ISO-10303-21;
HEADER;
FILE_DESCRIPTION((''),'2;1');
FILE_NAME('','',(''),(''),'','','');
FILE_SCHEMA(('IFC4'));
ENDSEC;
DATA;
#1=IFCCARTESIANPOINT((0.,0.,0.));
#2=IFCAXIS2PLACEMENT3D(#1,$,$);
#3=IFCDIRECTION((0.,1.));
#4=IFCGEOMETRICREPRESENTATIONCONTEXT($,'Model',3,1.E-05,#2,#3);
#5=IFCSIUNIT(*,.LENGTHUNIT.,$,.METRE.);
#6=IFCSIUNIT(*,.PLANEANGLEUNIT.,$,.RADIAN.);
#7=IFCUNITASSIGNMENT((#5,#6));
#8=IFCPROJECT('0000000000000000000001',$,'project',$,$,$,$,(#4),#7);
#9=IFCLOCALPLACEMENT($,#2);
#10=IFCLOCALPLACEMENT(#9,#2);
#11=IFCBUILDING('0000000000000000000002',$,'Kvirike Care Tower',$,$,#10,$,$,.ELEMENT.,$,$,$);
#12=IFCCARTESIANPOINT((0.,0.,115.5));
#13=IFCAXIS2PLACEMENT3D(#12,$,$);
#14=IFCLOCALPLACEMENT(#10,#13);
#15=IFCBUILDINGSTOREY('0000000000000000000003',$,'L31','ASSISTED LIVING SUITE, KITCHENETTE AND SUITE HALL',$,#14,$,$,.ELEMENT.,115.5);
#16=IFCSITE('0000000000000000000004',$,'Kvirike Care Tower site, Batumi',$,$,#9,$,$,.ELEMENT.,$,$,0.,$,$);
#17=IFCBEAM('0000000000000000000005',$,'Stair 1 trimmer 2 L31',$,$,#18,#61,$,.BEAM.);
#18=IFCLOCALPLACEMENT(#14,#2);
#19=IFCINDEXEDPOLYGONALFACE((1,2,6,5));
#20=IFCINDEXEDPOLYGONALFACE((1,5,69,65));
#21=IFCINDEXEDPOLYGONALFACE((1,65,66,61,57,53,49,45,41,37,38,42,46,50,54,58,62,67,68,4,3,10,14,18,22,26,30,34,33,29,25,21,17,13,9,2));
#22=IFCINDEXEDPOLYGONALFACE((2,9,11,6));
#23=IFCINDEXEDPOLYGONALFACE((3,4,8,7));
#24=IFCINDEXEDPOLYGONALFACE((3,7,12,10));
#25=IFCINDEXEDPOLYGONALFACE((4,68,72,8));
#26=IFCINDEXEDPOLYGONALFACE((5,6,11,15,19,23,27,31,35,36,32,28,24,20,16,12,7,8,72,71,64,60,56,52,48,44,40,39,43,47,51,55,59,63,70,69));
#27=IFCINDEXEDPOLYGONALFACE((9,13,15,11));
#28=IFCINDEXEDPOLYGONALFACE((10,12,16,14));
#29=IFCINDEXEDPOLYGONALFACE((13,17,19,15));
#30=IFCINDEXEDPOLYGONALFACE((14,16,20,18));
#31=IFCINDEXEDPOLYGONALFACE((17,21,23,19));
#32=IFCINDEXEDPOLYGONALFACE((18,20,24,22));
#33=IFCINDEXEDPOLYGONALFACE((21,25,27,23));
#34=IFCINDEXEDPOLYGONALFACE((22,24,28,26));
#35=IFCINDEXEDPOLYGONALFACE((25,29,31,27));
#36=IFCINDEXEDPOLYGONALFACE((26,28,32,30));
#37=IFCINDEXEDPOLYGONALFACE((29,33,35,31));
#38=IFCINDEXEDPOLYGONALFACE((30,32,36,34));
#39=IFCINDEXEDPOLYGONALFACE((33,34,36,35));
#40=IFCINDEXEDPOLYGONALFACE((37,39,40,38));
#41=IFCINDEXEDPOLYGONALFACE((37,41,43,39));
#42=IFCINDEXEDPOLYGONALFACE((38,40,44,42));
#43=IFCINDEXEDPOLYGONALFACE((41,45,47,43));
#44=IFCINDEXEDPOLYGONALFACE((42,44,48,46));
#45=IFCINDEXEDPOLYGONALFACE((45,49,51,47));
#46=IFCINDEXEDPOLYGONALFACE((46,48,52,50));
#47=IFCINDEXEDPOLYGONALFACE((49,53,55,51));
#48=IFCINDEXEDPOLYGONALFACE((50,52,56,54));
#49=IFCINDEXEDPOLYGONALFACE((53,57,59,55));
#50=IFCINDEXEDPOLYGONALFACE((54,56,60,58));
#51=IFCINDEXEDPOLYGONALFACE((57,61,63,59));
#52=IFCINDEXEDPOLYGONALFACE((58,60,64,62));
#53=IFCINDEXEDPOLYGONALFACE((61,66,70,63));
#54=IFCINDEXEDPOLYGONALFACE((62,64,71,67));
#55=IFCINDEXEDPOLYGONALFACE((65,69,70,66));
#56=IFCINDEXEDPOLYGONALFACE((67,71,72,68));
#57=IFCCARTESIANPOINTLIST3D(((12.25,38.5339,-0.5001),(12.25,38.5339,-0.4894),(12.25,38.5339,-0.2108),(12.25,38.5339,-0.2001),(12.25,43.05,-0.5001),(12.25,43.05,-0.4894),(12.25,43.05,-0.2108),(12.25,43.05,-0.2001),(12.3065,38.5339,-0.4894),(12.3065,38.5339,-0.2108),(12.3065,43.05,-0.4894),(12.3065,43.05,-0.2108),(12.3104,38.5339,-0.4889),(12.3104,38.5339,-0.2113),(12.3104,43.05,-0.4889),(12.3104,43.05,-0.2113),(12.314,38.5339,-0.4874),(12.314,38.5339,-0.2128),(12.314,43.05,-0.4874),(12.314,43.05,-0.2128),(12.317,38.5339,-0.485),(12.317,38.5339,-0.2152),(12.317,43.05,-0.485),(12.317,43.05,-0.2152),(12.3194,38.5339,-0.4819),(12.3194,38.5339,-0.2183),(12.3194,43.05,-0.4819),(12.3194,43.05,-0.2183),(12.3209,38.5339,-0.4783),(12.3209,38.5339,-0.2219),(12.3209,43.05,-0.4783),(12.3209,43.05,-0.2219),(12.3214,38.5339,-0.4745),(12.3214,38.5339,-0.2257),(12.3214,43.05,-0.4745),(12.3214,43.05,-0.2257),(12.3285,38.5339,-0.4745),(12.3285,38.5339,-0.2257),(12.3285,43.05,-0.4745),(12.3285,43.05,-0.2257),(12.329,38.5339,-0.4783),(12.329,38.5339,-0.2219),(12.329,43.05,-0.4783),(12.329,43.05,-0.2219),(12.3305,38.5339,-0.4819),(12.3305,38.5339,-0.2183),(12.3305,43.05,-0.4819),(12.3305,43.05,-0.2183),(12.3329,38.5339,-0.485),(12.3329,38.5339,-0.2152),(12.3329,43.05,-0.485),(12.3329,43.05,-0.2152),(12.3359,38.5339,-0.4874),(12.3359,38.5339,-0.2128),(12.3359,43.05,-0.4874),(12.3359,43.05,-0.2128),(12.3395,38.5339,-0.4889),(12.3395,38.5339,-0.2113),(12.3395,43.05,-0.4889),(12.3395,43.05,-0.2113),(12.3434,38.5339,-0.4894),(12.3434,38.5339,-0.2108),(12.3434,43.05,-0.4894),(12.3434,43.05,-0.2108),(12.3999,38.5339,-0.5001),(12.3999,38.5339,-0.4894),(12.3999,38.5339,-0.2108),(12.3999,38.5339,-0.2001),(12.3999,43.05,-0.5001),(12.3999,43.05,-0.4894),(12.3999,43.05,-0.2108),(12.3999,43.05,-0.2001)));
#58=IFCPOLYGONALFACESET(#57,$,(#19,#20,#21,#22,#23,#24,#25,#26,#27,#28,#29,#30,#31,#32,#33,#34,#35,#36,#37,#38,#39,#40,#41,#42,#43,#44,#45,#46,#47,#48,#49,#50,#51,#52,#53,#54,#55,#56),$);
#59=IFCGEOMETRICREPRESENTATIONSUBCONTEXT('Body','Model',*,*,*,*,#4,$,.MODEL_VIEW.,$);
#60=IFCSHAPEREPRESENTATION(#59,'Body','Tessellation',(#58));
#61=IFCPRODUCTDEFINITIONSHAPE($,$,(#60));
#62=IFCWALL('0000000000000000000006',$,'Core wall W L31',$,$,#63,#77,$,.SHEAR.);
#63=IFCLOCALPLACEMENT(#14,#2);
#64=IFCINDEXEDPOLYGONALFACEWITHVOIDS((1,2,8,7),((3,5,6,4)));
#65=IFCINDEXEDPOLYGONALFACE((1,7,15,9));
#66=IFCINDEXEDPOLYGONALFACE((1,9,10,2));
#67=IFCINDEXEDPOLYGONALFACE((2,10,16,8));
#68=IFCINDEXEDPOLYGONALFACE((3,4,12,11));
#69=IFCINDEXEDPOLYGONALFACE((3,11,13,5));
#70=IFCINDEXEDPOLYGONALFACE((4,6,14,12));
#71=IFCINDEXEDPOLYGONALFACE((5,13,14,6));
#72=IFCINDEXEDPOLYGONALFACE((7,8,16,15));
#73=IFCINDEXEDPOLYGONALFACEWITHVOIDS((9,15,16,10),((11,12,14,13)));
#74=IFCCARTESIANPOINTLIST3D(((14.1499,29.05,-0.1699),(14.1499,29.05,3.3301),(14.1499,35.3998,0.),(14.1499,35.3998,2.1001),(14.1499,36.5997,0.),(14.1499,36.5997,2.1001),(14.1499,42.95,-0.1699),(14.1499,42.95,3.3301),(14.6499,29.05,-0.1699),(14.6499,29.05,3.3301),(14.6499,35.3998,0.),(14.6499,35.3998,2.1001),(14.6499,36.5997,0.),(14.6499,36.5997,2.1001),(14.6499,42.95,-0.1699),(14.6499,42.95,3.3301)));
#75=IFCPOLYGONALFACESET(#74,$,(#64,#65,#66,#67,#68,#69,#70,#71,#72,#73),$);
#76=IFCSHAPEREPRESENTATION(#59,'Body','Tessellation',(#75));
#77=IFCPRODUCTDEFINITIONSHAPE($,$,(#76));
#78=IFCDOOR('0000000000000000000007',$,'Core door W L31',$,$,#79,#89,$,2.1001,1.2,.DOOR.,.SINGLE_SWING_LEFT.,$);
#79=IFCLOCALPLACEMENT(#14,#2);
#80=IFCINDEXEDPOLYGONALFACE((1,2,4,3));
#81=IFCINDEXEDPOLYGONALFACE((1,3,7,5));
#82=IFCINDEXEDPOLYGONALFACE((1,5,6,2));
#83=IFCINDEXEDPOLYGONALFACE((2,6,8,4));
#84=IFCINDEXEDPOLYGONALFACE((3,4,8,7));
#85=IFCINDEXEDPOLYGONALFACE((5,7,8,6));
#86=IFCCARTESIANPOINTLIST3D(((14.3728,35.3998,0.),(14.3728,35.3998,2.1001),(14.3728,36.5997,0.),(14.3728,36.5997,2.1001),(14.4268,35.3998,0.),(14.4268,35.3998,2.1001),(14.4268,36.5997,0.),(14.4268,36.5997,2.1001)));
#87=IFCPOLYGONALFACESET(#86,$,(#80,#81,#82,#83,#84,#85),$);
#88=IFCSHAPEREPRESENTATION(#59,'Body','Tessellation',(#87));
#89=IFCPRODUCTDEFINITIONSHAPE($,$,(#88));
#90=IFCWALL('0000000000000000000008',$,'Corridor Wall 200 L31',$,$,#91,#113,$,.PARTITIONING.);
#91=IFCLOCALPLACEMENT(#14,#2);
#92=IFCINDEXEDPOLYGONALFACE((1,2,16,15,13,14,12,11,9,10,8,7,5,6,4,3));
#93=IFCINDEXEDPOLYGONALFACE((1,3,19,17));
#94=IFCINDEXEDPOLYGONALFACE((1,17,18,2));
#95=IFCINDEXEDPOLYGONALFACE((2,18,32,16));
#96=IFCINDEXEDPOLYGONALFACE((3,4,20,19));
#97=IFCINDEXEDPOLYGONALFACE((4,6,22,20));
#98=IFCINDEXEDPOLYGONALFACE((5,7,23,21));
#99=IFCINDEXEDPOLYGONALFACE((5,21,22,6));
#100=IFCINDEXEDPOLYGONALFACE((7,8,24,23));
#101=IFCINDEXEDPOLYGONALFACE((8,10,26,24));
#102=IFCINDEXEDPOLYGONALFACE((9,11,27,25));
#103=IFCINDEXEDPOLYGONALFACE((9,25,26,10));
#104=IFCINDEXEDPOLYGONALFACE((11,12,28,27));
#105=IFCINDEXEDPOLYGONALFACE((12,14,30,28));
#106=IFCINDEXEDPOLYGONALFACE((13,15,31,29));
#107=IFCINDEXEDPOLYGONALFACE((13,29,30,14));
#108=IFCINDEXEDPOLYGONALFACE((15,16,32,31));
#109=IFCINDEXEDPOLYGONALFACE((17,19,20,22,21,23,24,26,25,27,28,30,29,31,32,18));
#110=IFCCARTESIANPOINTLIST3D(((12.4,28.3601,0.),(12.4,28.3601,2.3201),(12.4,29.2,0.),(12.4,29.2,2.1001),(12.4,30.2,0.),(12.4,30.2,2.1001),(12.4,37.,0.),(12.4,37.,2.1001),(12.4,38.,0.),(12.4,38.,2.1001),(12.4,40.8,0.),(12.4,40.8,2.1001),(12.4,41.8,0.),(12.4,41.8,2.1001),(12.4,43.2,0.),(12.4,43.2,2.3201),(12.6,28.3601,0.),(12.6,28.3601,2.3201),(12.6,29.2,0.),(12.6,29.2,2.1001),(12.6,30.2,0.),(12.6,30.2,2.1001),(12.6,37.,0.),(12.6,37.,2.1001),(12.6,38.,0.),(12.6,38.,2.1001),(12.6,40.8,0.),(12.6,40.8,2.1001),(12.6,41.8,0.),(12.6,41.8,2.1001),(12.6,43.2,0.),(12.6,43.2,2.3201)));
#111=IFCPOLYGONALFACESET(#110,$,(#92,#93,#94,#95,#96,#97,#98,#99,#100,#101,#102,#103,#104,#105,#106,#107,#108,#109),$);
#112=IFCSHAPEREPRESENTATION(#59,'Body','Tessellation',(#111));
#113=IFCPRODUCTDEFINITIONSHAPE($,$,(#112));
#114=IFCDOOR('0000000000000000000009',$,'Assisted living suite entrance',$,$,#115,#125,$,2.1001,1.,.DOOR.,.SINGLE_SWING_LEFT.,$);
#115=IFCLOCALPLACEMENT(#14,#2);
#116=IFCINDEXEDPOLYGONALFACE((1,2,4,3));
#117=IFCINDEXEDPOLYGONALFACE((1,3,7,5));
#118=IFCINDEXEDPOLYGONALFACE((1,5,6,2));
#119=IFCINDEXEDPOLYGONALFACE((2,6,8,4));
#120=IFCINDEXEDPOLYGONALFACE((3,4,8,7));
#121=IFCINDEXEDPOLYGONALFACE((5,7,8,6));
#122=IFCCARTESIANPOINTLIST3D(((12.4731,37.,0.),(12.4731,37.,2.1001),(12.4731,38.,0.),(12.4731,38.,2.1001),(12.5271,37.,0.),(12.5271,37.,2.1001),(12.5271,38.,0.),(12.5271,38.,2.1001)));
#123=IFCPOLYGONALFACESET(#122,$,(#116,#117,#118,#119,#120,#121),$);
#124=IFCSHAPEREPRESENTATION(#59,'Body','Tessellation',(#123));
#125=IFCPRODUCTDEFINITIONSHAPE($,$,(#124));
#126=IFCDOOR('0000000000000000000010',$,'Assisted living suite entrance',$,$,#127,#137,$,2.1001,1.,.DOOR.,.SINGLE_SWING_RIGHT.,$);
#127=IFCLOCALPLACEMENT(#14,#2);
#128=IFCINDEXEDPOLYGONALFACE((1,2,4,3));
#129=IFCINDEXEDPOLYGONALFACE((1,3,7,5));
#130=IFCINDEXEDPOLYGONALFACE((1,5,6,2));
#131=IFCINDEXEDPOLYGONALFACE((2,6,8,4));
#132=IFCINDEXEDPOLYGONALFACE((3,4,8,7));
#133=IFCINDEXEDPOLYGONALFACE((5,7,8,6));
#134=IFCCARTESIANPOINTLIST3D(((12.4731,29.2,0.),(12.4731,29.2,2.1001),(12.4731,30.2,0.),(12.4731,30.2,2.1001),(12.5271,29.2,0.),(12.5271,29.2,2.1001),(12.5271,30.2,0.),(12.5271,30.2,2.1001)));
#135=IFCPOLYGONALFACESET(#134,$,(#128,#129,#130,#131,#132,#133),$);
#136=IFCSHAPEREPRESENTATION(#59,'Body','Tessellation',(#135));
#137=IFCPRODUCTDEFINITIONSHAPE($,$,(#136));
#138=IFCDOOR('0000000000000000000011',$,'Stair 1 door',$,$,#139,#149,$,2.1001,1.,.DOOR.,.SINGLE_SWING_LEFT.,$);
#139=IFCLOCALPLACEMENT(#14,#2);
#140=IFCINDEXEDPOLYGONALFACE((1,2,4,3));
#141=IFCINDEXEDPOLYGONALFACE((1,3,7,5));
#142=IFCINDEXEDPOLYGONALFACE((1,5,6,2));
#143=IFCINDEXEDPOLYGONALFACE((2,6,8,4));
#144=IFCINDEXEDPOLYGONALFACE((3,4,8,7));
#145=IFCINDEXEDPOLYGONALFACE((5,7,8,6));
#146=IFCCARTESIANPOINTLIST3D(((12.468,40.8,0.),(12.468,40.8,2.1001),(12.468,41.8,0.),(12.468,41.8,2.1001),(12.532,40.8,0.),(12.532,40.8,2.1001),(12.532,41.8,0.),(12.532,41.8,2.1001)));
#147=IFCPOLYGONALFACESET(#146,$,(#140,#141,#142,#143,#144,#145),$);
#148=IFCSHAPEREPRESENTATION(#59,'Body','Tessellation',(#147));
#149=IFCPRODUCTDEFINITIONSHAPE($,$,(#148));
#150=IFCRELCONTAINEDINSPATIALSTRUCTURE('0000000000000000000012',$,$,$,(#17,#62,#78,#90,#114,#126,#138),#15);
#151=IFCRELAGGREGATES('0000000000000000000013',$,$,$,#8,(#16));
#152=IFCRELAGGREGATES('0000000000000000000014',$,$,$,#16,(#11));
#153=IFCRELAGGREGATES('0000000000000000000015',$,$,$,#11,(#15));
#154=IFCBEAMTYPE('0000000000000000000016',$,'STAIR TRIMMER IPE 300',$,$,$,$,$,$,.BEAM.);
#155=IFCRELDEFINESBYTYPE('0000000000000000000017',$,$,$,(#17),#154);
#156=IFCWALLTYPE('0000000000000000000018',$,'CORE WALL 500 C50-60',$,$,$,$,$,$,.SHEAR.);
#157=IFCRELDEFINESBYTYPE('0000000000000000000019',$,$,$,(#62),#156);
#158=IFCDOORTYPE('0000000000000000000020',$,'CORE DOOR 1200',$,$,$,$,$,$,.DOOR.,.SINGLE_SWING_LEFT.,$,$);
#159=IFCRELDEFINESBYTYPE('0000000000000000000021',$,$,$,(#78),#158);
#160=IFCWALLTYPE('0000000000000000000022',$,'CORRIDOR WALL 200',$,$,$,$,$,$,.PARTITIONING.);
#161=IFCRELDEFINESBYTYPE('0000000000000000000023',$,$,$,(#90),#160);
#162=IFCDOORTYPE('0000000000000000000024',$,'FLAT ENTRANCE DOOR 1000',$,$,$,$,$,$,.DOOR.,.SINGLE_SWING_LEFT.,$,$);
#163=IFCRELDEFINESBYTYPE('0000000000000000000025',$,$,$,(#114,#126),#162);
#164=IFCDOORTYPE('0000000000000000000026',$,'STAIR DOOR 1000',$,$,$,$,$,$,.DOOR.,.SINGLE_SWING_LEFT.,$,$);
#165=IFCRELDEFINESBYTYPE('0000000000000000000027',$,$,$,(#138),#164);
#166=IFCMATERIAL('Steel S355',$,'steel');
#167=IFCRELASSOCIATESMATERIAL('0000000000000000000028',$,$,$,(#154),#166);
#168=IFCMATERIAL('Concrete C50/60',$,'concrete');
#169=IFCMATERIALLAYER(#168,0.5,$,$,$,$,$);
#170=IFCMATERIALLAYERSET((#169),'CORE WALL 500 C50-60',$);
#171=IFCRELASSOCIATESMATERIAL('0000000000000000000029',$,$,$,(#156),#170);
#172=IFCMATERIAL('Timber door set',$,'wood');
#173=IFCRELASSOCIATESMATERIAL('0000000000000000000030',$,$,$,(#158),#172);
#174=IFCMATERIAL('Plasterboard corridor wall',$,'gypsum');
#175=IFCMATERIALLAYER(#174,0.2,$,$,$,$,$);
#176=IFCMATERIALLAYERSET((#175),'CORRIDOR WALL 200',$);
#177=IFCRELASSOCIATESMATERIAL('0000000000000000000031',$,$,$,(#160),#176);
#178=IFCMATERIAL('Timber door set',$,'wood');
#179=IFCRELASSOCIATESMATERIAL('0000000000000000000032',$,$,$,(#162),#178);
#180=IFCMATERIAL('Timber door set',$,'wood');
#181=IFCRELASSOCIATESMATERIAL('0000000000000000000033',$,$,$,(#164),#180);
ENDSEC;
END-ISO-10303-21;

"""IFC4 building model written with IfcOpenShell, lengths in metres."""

from ifc_helpers import new_model, si_unit, direction, frame, frame_2d, origin, origin_2d, place, context, subcontext, project, spatial, rectangle, i_section, extrude, material, layer, layer_set, material_profile, profile_set, type_object, element, fill, save


model = new_model("IFC4")

# Units and contexts
model_context = context("Model", 3, precision=1e-05, world=origin(), true_north=direction((0.0, 1.0)))
body_context = subcontext(model_context, "Body", "Model", "MODEL_VIEW")
ifc_project = project(units=[si_unit("LENGTHUNIT", "METRE"), si_unit("PLANEANGLEUNIT", "RADIAN")], contexts=[model_context])

# Site, building, storey
site_placement = place(None, origin())
site = spatial("IfcSite", under=ifc_project, at=site_placement, Name="Kvirike Care Tower site, Batumi", CompositionType="ELEMENT", RefElevation=0.0)
building_placement = place(site_placement, origin())
building = spatial("IfcBuilding", under=site, at=building_placement, Name="Kvirike Care Tower", CompositionType="ELEMENT")
storey_placement = place(building_placement, frame((0.0, 0.0, 115.5)))
storey = spatial("IfcBuildingStorey", under=building, at=storey_placement, Name="L31", Description="ASSISTED LIVING SUITE, KITCHENETTE AND SUITE HALL", CompositionType="ELEMENT", Elevation=115.5)

# Beam
ifc_material_1 = material(Name="Steel S355", Category="steel")
ifc_material_profile_1 = material_profile(ifc_material_1, i_section(OverallWidth=0.1499, OverallDepth=0.3, WebThickness=0.0071, FlangeThickness=0.0107, FilletRadius=0.0149, at=origin_2d()), Name="IPE 300")
ifc_profile_set_1 = profile_set([ifc_material_profile_1], Name="Steel S355")
beam_type_1 = type_object("IfcBeamType", Name="STAIR TRIMMER IPE 300", PredefinedType="BEAM", material=ifc_profile_set_1)
for number, where, z_axis, x_axis, name in (
    (1, (12.325, 43.05, -0.3501), (0.0, -1.0, 0.0), (1.0, 0.0, 0.0), "Stair 1 trimmer 2 L31"),
):
    element("IfcBeam", number, at=place(storey_placement, frame(where, z_axis=z_axis, x_axis=x_axis)), inside=storey, type_object=beam_type_1, Name=name, PredefinedType="BEAM", context=body_context, shape_type="SweptSolid", body=[
        extrude(i_section(OverallWidth=0.1499, OverallDepth=0.3, WebThickness=0.0071, FlangeThickness=0.0107, FilletRadius=0.0149, at=origin_2d()), origin(), (0.0, 0.0, 1.0), 4.5161),
    ])

# Wall, opening, door
ifc_material_2 = material(Name="Concrete C50/60", Category="concrete")
ifc_layer_1 = layer(ifc_material_2, 0.5)
ifc_layer_set_1 = layer_set([ifc_layer_1], Name="CORE WALL 500 C50-60")
wall_type_1 = type_object("IfcWallType", Name="CORE WALL 500 C50-60", PredefinedType="SHEAR", material=ifc_layer_set_1)
wall_1_placement = place(storey_placement, frame((14.3999, 42.95, -0.1699), z_axis=(0.0, 0.0, 1.0), x_axis=(0.0, -1.0, 0.0)))
wall_1 = element("IfcWall", 2, at=wall_1_placement, inside=storey, type_object=wall_type_1, Name="Core wall W L31", PredefinedType="SHEAR", context=body_context, shape_type="SweptSolid", body=[
    extrude(rectangle(XDim=13.8999, YDim=0.5, at=frame_2d((6.95, 0.0))), origin(), (0.0, 0.0, 1.0), 3.5),
])
opening_1_placement = place(wall_1_placement, frame((6.3501, 0.0, 0.1699)))
opening_1 = element("IfcOpeningElement", 3, at=opening_1_placement, cuts=wall_1, PredefinedType="OPENING", context=body_context, shape_type="SweptSolid", body=[
    extrude(rectangle(XDim=1.2, YDim=2.1001, at=frame_2d((0.6001, 1.05))), frame((0.0, 0.2605, 0.0), z_axis=(0.0, -1.0, 0.0), x_axis=(1.0, 0.0, 0.0)), (0.0, 0.0, 1.0), 0.521),
])
ifc_material_3 = material(Name="Timber door set", Category="wood")
door_type_1 = type_object("IfcDoorType", Name="CORE DOOR 1200", OperationType="SINGLE_SWING_LEFT", PredefinedType="DOOR", material=ifc_material_3)
door_1_placement = place(opening_1_placement, origin())
door_1 = element("IfcDoor", 4, at=door_1_placement, inside=storey, type_object=door_type_1, Name="Core door W L31", OperationType="SINGLE_SWING_LEFT", OverallHeight=2.1001, OverallWidth=1.2, PredefinedType="DOOR", context=body_context, shape_type="SweptSolid", body=[
    extrude(rectangle(XDim=1.2, YDim=2.1001, at=frame_2d((0.6001, 1.05))), frame((0.0, 0.0269, 0.0), z_axis=(0.0, -1.0, 0.0), x_axis=(1.0, 0.0, 0.0)), (0.0, 0.0, 1.0), 0.054),
])
fill(opening_1, door_1)

# Wall, openings, doors
ifc_material_4 = material(Name="Plasterboard corridor wall", Category="gypsum")
ifc_layer_2 = layer(ifc_material_4, 0.2)
ifc_layer_set_2 = layer_set([ifc_layer_2], Name="CORRIDOR WALL 200")
wall_type_2 = type_object("IfcWallType", Name="CORRIDOR WALL 200", PredefinedType="PARTITIONING", material=ifc_layer_set_2)
wall_2_placement = place(storey_placement, frame((12.5, 43.2, 0.0), z_axis=(0.0, 0.0, 1.0), x_axis=(0.0, -1.0, 0.0)))
wall_2 = element("IfcWall", 5, at=wall_2_placement, inside=storey, type_object=wall_type_2, Name="Corridor Wall 200 L31", PredefinedType="PARTITIONING", context=body_context, shape_type="SweptSolid", body=[
    extrude(rectangle(XDim=14.8398, YDim=0.2, at=frame_2d((7.4199, 0.0))), origin(), (0.0, 0.0, 1.0), 2.3201),
])
opening_2_placement = place(wall_2_placement, frame((1.3999, 0.0, 0.0)))
opening_2 = element("IfcOpeningElement", 6, at=opening_2_placement, cuts=wall_2, PredefinedType="OPENING", context=body_context, shape_type="SweptSolid", body=[
    extrude(rectangle(XDim=1.0, YDim=2.1001, at=frame_2d((0.5, 1.05))), frame((0.0, 0.1106, 0.0), z_axis=(0.0, -1.0, 0.0), x_axis=(1.0, 0.0, 0.0)), (0.0, 0.0, 1.0), 0.2209),
])
opening_3_placement = place(wall_2_placement, frame((5.2, 0.0, 0.0)))
opening_3 = element("IfcOpeningElement", 7, at=opening_3_placement, cuts=wall_2, PredefinedType="OPENING", context=body_context, shape_type="SweptSolid", body=[
    extrude(rectangle(XDim=1.0, YDim=2.1001, at=frame_2d((0.5, 1.05))), frame((0.0, 0.1106, 0.0), z_axis=(0.0, -1.0, 0.0), x_axis=(1.0, 0.0, 0.0)), (0.0, 0.0, 1.0), 0.2209),
])
opening_4_placement = place(wall_2_placement, frame((13.0, 0.0, 0.0)))
opening_4 = element("IfcOpeningElement", 8, at=opening_4_placement, cuts=wall_2, PredefinedType="OPENING", context=body_context, shape_type="SweptSolid", body=[
    extrude(rectangle(XDim=1.0, YDim=2.1001, at=frame_2d((0.5, 1.05))), frame((0.0, 0.1106, 0.0), z_axis=(0.0, -1.0, 0.0), x_axis=(1.0, 0.0, 0.0)), (0.0, 0.0, 1.0), 0.2209),
])
ifc_material_5 = material(Name="Timber door set", Category="wood")
door_type_2 = type_object("IfcDoorType", Name="FLAT ENTRANCE DOOR 1000", OperationType="SINGLE_SWING_LEFT", PredefinedType="DOOR", material=ifc_material_5)
door_2_placement = place(opening_3_placement, frame((1.0, 0.0, 0.0), z_axis=(0.0, 0.0, 1.0), x_axis=(-1.0, 0.0, 0.0)))
door_2 = element("IfcDoor", 9, at=door_2_placement, inside=storey, type_object=door_type_2, Name="Assisted living suite entrance", OperationType="SINGLE_SWING_LEFT", OverallHeight=2.1001, OverallWidth=1.0, PredefinedType="DOOR", context=body_context, shape_type="SweptSolid", body=[
    extrude(rectangle(XDim=1.0, YDim=2.1001, at=frame_2d((0.5, 1.05))), frame((0.0, 0.0269, 0.0), z_axis=(0.0, -1.0, 0.0), x_axis=(1.0, 0.0, 0.0)), (0.0, 0.0, 1.0), 0.054),
])
fill(opening_3, door_2)
door_3_placement = place(opening_4_placement, frame((1.0, 0.0, 0.0), z_axis=(0.0, 0.0, 1.0), x_axis=(-1.0, 0.0, 0.0)))
door_3 = element("IfcDoor", 10, at=door_3_placement, inside=storey, type_object=door_type_2, Name="Assisted living suite entrance", OperationType="SINGLE_SWING_RIGHT", OverallHeight=2.1001, OverallWidth=1.0, PredefinedType="DOOR", context=body_context, shape_type="SweptSolid", body=[
    extrude(rectangle(XDim=1.0, YDim=2.1001, at=frame_2d((0.5, 1.05))), frame((0.0, 0.0269, 0.0), z_axis=(0.0, -1.0, 0.0), x_axis=(1.0, 0.0, 0.0)), (0.0, 0.0, 1.0), 0.054),
])
fill(opening_4, door_3)
ifc_material_6 = material(Name="Timber door set", Category="wood")
door_type_3 = type_object("IfcDoorType", Name="STAIR DOOR 1000", OperationType="SINGLE_SWING_LEFT", PredefinedType="DOOR", material=ifc_material_6)
door_4_placement = place(opening_2_placement, frame((1.0, 0.0, 0.0), z_axis=(0.0, 0.0, 1.0), x_axis=(-1.0, 0.0, 0.0)))
door_4 = element("IfcDoor", 11, at=door_4_placement, inside=storey, type_object=door_type_3, Name="Stair 1 door", OperationType="SINGLE_SWING_LEFT", OverallHeight=2.1001, OverallWidth=1.0, PredefinedType="DOOR", context=body_context, shape_type="SweptSolid", body=[
    extrude(rectangle(XDim=1.0, YDim=2.1001, at=frame_2d((0.5, 1.05))), frame((0.0, 0.032, 0.0), z_axis=(0.0, -1.0, 0.0), x_axis=(1.0, 0.0, 0.0)), (0.0, 0.0, 1.0), 0.064),
])
fill(opening_2, door_4)

save(model, "model.ifc")
